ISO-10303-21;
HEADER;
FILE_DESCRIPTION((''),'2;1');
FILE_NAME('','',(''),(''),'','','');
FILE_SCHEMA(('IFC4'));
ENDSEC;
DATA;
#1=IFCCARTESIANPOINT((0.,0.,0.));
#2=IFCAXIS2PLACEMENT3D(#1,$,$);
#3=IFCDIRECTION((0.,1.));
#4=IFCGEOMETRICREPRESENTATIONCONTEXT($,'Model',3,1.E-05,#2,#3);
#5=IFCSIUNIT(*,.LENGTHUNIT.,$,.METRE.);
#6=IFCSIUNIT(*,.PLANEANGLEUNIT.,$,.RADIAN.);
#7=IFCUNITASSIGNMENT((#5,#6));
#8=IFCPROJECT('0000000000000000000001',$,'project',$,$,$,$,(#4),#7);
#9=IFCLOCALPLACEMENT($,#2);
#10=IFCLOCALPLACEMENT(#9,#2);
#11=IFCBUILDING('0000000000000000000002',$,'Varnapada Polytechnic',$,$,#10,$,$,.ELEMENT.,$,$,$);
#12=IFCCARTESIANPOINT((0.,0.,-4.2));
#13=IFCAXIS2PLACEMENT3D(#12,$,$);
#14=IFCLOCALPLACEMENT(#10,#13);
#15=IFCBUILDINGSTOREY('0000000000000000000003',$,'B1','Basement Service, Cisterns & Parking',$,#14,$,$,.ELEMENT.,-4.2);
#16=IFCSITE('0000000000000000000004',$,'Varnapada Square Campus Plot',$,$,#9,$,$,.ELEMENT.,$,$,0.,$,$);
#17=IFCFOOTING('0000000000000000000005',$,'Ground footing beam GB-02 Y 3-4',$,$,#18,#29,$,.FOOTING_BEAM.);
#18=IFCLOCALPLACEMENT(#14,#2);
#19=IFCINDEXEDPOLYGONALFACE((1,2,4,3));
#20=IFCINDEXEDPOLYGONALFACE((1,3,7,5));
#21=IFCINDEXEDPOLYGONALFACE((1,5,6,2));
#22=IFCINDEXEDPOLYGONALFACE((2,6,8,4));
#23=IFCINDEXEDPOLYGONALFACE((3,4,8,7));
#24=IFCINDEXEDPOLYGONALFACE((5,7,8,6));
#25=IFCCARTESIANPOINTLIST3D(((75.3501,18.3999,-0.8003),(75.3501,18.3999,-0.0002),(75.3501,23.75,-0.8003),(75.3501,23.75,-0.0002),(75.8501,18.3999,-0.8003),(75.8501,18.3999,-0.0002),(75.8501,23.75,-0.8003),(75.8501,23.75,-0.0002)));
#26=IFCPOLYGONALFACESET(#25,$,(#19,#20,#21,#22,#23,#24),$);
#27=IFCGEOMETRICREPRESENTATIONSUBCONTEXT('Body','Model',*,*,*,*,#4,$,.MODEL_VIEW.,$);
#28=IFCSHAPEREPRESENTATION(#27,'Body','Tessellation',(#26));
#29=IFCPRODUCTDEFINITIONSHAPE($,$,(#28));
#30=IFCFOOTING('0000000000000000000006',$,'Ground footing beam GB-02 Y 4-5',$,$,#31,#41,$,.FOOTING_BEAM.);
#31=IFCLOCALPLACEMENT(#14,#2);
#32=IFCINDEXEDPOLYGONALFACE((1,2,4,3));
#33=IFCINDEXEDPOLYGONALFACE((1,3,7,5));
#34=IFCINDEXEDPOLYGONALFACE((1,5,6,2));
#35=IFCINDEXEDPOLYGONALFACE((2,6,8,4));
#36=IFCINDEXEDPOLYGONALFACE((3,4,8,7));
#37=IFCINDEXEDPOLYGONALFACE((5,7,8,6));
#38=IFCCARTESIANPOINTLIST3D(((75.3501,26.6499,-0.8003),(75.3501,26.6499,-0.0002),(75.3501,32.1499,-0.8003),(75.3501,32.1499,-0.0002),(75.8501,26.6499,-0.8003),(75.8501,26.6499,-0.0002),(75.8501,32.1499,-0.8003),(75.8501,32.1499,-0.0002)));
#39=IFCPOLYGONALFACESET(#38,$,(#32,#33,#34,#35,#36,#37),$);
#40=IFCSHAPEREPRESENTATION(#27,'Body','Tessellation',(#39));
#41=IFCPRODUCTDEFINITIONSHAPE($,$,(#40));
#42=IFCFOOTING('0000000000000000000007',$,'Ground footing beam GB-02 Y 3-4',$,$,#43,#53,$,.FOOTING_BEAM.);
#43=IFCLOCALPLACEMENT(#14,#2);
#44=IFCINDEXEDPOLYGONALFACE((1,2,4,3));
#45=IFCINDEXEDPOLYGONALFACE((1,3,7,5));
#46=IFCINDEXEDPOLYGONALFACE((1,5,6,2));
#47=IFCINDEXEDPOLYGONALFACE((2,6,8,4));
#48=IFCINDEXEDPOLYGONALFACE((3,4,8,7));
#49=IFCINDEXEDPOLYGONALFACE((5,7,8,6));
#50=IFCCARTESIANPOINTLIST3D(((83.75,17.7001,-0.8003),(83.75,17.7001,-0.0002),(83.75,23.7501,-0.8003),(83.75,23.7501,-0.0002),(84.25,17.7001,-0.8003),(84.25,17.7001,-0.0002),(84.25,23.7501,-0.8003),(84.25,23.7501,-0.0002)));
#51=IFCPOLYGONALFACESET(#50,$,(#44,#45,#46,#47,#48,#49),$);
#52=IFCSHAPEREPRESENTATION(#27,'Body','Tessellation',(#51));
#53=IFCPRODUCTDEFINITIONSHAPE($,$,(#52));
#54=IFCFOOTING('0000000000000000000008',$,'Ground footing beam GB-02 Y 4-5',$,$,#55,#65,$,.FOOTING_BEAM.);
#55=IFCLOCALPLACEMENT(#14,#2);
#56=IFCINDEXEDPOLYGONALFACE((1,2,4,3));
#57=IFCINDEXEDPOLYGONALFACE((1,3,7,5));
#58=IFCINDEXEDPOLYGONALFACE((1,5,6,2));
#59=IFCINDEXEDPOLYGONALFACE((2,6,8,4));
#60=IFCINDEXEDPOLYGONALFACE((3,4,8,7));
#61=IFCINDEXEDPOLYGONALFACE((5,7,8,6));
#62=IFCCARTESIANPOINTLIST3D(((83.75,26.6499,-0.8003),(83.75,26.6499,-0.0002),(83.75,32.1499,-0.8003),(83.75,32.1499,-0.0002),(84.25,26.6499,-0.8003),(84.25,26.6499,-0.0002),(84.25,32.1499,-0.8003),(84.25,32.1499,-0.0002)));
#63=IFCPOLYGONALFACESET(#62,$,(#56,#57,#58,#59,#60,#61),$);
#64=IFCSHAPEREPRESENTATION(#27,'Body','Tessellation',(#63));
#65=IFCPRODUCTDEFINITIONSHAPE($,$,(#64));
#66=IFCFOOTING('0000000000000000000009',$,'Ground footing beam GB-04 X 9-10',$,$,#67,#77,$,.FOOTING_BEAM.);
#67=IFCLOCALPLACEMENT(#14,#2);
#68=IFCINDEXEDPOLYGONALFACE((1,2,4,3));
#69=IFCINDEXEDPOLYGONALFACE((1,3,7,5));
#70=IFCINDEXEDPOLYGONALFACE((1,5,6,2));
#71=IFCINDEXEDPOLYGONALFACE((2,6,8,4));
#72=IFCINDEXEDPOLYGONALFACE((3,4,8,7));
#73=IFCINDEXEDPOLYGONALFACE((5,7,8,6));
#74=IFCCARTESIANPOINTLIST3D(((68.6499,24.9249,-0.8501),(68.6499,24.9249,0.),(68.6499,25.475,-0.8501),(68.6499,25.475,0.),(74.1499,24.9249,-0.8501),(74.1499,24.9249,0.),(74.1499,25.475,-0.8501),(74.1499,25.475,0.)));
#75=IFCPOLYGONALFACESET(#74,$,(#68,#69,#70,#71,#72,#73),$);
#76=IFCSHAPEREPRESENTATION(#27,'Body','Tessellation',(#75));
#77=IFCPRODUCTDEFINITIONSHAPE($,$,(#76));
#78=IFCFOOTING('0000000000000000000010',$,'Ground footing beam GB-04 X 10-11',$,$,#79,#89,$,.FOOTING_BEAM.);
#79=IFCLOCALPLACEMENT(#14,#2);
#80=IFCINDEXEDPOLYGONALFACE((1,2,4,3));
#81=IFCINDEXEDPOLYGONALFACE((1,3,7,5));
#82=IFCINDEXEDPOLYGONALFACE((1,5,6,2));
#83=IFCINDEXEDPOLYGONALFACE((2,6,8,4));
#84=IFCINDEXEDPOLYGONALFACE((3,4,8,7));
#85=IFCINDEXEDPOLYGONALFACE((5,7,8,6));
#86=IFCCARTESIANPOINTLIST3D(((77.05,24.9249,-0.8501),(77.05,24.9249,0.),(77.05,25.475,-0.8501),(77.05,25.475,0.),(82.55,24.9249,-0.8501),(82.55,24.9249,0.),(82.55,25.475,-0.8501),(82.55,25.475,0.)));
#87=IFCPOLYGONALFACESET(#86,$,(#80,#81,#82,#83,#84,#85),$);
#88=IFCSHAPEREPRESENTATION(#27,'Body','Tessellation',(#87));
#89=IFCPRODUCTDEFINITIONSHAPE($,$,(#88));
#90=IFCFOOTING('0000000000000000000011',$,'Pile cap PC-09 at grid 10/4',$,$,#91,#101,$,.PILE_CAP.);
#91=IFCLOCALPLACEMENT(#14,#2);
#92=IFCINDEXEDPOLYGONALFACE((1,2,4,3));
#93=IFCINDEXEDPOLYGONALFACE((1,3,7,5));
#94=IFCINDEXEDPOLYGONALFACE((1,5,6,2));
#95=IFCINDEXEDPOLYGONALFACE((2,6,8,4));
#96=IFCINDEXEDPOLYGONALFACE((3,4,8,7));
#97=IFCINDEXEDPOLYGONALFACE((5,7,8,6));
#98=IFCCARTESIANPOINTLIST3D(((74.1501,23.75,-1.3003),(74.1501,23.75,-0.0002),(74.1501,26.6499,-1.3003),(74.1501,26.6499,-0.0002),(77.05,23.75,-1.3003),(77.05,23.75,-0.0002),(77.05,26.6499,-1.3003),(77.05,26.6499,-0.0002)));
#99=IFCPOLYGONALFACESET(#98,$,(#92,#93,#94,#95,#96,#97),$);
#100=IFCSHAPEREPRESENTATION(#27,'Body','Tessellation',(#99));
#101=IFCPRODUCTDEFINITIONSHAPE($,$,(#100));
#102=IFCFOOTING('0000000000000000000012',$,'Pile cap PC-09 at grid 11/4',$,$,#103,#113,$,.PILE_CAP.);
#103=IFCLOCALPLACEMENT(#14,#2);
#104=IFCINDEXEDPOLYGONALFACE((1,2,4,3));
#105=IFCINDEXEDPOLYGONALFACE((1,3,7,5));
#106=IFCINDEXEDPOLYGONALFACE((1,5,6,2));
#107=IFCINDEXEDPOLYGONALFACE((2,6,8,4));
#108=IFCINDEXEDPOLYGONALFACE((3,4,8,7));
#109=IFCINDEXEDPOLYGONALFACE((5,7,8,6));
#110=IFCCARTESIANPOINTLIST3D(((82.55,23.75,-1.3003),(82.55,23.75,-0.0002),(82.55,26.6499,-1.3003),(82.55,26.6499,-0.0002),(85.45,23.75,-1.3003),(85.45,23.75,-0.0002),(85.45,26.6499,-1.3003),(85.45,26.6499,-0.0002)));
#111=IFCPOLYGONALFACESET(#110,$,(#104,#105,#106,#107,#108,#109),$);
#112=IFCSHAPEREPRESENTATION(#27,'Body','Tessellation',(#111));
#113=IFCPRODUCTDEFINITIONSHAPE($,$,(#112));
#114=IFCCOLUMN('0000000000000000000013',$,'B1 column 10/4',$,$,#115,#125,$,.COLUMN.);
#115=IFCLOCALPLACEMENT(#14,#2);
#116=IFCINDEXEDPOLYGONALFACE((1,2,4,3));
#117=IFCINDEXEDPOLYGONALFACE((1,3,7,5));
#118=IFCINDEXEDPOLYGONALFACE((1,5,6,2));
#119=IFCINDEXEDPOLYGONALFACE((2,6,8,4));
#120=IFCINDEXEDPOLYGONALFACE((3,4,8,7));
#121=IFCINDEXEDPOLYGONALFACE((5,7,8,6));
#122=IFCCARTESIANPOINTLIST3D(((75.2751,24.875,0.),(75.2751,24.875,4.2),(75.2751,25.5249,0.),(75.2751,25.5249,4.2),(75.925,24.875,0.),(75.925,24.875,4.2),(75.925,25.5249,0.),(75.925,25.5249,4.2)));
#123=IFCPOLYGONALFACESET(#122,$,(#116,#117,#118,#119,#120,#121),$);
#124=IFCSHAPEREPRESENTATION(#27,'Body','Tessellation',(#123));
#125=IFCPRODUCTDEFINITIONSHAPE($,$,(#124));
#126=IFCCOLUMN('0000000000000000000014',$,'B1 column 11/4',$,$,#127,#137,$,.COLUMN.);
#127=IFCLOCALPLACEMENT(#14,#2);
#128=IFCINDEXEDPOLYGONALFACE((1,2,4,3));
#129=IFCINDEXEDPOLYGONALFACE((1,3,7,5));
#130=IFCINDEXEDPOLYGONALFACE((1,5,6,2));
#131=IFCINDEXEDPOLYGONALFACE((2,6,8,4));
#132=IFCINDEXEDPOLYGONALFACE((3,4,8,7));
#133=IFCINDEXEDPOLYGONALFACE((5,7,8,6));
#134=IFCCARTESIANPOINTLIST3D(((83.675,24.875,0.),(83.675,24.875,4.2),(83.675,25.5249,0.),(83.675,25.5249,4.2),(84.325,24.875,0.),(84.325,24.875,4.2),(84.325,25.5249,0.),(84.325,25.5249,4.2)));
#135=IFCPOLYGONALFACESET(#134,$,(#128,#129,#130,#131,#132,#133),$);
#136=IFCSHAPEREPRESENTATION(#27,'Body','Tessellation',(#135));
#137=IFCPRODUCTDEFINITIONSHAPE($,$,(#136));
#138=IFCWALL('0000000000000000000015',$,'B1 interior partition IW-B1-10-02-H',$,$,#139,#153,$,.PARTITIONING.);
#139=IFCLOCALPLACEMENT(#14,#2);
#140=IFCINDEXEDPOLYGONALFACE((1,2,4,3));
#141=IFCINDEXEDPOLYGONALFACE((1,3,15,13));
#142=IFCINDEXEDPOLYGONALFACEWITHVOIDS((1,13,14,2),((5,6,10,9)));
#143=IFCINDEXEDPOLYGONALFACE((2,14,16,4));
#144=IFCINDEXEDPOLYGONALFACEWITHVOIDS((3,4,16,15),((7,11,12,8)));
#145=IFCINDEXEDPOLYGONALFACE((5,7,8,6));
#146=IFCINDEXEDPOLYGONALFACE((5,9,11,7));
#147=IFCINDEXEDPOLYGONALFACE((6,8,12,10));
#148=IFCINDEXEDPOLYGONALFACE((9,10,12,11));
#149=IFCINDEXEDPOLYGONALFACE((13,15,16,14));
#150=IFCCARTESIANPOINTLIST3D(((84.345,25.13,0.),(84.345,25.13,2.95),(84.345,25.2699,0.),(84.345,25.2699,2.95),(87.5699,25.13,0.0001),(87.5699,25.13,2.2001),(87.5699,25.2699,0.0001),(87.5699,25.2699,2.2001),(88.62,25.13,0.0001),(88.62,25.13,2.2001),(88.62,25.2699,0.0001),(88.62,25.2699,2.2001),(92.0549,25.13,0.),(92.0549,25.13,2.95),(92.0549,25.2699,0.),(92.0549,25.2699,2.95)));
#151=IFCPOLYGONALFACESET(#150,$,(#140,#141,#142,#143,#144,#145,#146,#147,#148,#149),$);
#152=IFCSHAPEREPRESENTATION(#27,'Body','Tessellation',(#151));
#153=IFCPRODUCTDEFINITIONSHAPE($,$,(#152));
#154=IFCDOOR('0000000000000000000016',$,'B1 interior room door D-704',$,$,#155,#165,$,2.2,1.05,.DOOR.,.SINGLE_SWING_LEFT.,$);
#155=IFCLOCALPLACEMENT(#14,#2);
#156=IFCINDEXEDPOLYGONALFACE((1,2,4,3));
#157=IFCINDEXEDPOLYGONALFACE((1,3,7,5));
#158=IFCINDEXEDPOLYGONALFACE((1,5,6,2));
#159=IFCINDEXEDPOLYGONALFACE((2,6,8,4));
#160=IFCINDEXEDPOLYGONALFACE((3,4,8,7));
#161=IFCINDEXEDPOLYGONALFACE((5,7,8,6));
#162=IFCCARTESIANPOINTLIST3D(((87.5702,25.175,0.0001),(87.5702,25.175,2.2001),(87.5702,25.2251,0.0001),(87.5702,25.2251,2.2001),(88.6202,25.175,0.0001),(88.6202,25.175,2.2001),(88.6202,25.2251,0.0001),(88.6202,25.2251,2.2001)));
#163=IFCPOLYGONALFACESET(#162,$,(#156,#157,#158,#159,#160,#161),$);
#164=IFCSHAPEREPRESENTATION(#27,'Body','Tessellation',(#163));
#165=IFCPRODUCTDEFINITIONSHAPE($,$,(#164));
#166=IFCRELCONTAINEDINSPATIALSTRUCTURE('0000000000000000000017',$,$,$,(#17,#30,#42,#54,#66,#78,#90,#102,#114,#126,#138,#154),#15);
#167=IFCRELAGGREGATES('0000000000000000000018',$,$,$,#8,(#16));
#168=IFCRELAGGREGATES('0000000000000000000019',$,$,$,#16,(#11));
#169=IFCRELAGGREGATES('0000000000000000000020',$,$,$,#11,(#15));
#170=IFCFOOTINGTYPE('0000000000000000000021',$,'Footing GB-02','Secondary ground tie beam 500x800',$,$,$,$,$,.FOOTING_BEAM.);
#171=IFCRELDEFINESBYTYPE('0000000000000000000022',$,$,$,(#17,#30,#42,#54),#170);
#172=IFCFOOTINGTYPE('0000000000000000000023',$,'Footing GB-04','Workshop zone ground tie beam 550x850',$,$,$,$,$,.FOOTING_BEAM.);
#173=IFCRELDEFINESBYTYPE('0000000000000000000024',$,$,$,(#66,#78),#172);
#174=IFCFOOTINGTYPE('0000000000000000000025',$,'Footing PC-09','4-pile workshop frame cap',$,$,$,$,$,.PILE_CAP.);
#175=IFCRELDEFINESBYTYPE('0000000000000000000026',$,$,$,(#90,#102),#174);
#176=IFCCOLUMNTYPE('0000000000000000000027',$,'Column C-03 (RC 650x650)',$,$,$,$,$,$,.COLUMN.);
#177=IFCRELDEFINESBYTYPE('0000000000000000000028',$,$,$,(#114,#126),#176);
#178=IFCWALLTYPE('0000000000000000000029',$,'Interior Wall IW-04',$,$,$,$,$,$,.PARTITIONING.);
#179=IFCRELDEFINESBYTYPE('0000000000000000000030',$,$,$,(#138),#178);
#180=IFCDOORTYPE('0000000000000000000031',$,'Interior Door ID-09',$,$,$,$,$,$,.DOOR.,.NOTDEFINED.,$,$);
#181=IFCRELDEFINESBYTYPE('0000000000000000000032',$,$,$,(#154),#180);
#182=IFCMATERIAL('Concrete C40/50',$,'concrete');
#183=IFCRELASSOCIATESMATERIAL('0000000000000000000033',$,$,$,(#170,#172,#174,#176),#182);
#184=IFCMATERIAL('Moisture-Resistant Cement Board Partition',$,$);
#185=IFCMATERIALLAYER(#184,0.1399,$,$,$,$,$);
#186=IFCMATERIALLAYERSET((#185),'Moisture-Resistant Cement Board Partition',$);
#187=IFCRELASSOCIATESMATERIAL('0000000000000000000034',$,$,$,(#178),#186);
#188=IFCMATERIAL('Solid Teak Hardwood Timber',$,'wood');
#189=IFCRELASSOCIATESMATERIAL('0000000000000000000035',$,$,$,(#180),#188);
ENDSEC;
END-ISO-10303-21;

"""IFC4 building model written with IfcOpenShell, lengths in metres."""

from ifc_helpers import new_model, si_unit, direction, frame, frame_2d, origin, origin_2d, place, context, subcontext, project, spatial, rectangle, extrude, material, layer, layer_set, material_profile, profile_set, type_object, element, fill, save


model = new_model("IFC4")

# Units and contexts
model_context = context("Model", 3, precision=1e-05, world=origin(), true_north=direction((0.0, 1.0)))
body_context = subcontext(model_context, "Body", "Model", "MODEL_VIEW")
ifc_project = project(units=[si_unit("LENGTHUNIT", "METRE"), si_unit("PLANEANGLEUNIT", "RADIAN")], contexts=[model_context])

# Site, building, storey
site_placement = place(None, origin())
site = spatial("IfcSite", under=ifc_project, at=site_placement, Name="Varnapada Square Campus Plot", CompositionType="ELEMENT", RefElevation=0.0)
building_placement = place(site_placement, origin())
building = spatial("IfcBuilding", under=site, at=building_placement, Name="Varnapada Polytechnic", CompositionType="ELEMENT")
storey_placement = place(building_placement, frame((0.0, 0.0, -4.2)))
storey = spatial("IfcBuildingStorey", under=building, at=storey_placement, Name="B1", Description="Basement Service, Cisterns & Parking", CompositionType="ELEMENT", Elevation=-4.2)

# Shared definitions
ifc_material_1 = material(Name="Concrete C40/50", Category="concrete")

# Footings
footing_type_1 = type_object("IfcFootingType", Name="Footing GB-02", Description="Secondary ground tie beam 500x800", PredefinedType="FOOTING_BEAM", material=ifc_material_1)
footing_1_placement = place(storey_placement, frame((75.6001, 21.075, -0.8003), z_axis=(0.0, 0.0, 1.0), x_axis=(0.0, 1.0, 0.0)))
element("IfcFooting", 1, at=footing_1_placement, inside=storey, type_object=footing_type_1, Name="Ground footing beam GB-02 Y 3-4", PredefinedType="FOOTING_BEAM", context=body_context, shape_type="SweptSolid", body=[
    extrude(rectangle(XDim=5.3501, YDim=0.5, at=origin_2d()), origin(), (0.0, 0.0, 1.0), 0.8),
])
footing_2_placement = place(storey_placement, frame((75.6001, 29.3999, -0.8003), z_axis=(0.0, 0.0, 1.0), x_axis=(0.0, 1.0, 0.0)))
element("IfcFooting", 2, at=footing_2_placement, inside=storey, type_object=footing_type_1, Name="Ground footing beam GB-02 Y 4-5", PredefinedType="FOOTING_BEAM", context=body_context, shape_type="SweptSolid", body=[
    extrude(rectangle(XDim=5.5, YDim=0.5, at=origin_2d()), origin(), (0.0, 0.0, 1.0), 0.8),
])
footing_3_placement = place(storey_placement, frame((84.0, 20.7251, -0.8003), z_axis=(0.0, 0.0, 1.0), x_axis=(0.0, 1.0, 0.0)))
element("IfcFooting", 3, at=footing_3_placement, inside=storey, type_object=footing_type_1, Name="Ground footing beam GB-02 Y 3-4", PredefinedType="FOOTING_BEAM", context=body_context, shape_type="SweptSolid", body=[
    extrude(rectangle(XDim=6.05, YDim=0.5, at=origin_2d()), origin(), (0.0, 0.0, 1.0), 0.8),
])
footing_4_placement = place(storey_placement, frame((84.0, 29.3999, -0.8003), z_axis=(0.0, 0.0, 1.0), x_axis=(0.0, 1.0, 0.0)))
element("IfcFooting", 4, at=footing_4_placement, inside=storey, type_object=footing_type_1, Name="Ground footing beam GB-02 Y 4-5", PredefinedType="FOOTING_BEAM", context=body_context, shape_type="SweptSolid", body=[
    extrude(rectangle(XDim=5.5, YDim=0.5, at=origin_2d()), origin(), (0.0, 0.0, 1.0), 0.8),
])
footing_type_2 = type_object("IfcFootingType", Name="Footing GB-04", Description="Workshop zone ground tie beam 550x850", PredefinedType="FOOTING_BEAM", material=ifc_material_1)
for number, where, z_axis, x_axis, name in (
    (5, (71.3999, 25.2, -0.8501), (0.0, 0.0, 1.0), (1.0, 0.0, 0.0), "Ground footing beam GB-04 X 9-10"),
    (6, (79.8, 25.2, -0.8501), (0.0, 0.0, 1.0), (1.0, 0.0, 0.0), "Ground footing beam GB-04 X 10-11"),
):
    element("IfcFooting", number, at=place(storey_placement, frame(where, z_axis=z_axis, x_axis=x_axis)), inside=storey, type_object=footing_type_2, Name=name, PredefinedType="FOOTING_BEAM", context=body_context, shape_type="SweptSolid", body=[
        extrude(rectangle(XDim=5.5, YDim=0.55, at=origin_2d()), origin(), (0.0, 0.0, 1.0), 0.8501),
    ])
footing_type_3 = type_object("IfcFootingType", Name="Footing PC-09", Description="4-pile workshop frame cap", PredefinedType="PILE_CAP", material=ifc_material_1)
for number, where, z_axis, x_axis, name in (
    (7, (75.6001, 25.2, -1.3003), (0.0, 0.0, 1.0), (1.0, 0.0, 0.0), "Pile cap PC-09 at grid 10/4"),
    (8, (84.0, 25.2, -1.3003), (0.0, 0.0, 1.0), (1.0, 0.0, 0.0), "Pile cap PC-09 at grid 11/4"),
):
    element("IfcFooting", number, at=place(storey_placement, frame(where, z_axis=z_axis, x_axis=x_axis)), inside=storey, type_object=footing_type_3, Name=name, PredefinedType="PILE_CAP", context=body_context, shape_type="SweptSolid", body=[
        extrude(rectangle(XDim=2.8999, YDim=2.8999, at=origin_2d()), origin(), (0.0, 0.0, 1.0), 1.3),
    ])

# Columns
ifc_material_profile_1 = material_profile(ifc_material_1, rectangle(XDim=0.6499, YDim=0.6499, at=origin_2d()), Name="RC 650x650")
ifc_profile_set_1 = profile_set([ifc_material_profile_1], Name="Concrete C40/50")
column_type = type_object("IfcColumnType", Name="Column C-03 (RC 650x650)", PredefinedType="COLUMN", material=ifc_profile_set_1)
for number, where, z_axis, x_axis, name in (
    (9, (75.6001, 25.2, 0.0), (0.0, 0.0, 1.0), (1.0, 0.0, 0.0), "B1 column 10/4"),
    (10, (84.0, 25.2, 0.0), (0.0, 0.0, 1.0), (1.0, 0.0, 0.0), "B1 column 11/4"),
):
    element("IfcColumn", number, at=place(storey_placement, frame(where, z_axis=z_axis, x_axis=x_axis)), inside=storey, type_object=column_type, Name=name, PredefinedType="COLUMN", context=body_context, shape_type="SweptSolid", body=[
        extrude(rectangle(XDim=0.6499, YDim=0.6499, at=origin_2d()), origin(), (0.0, 0.0, 1.0), 4.2),
    ])

# Wall, opening, door
ifc_material_2 = material(Name="Moisture-Resistant Cement Board Partition")
ifc_layer_1 = layer(ifc_material_2, 0.1399)
ifc_layer_set_1 = layer_set([ifc_layer_1], Name="Moisture-Resistant Cement Board Partition")
wall_type_1 = type_object("IfcWallType", Name="Interior Wall IW-04", PredefinedType="PARTITIONING", material=ifc_layer_set_1)
wall_1_placement = place(storey_placement, frame((84.345, 25.2, 0.0), z_axis=(0.0, 0.0, 1.0), x_axis=(1.0, 0.0, 0.0)))
wall_1 = element("IfcWall", 11, at=wall_1_placement, inside=storey, type_object=wall_type_1, Name="B1 interior partition IW-B1-10-02-H", PredefinedType="PARTITIONING", context=body_context, shape_type="SweptSolid", body=[
    extrude(rectangle(XDim=7.71, YDim=0.1399, at=frame_2d((3.855, 0.0))), origin(), (0.0, 0.0, 1.0), 2.95),
])
opening_1_placement = place(wall_1_placement, frame((3.2251, 0.0, 0.0)))
opening_1 = element("IfcOpeningElement", 12, at=opening_1_placement, cuts=wall_1, PredefinedType="OPENING", context=body_context, shape_type="SweptSolid", body=[
    extrude(rectangle(XDim=1.05, YDim=2.2, at=frame_2d((0.5249, 1.1001))), frame((0.0, 0.0798, 0.0), z_axis=(0.0, -1.0, 0.0), x_axis=(1.0, 0.0, 0.0)), (0.0, 0.0, 1.0), 0.1599),
])
ifc_material_3 = material(Name="Solid Teak Hardwood Timber", Category="wood")
door_type_1 = type_object("IfcDoorType", Name="Interior Door ID-09", OperationType="NOTDEFINED", PredefinedType="DOOR", material=ifc_material_3)
door_1_placement = place(opening_1_placement, frame((1.05, 0.0, 0.0), z_axis=(0.0, 0.0, 1.0), x_axis=(-1.0, 0.0, 0.0)))
door_1 = element("IfcDoor", 13, at=door_1_placement, inside=storey, type_object=door_type_1, Name="B1 interior room door D-704", OperationType="SINGLE_SWING_LEFT", OverallHeight=2.2, OverallWidth=1.05, PredefinedType="DOOR", context=body_context, shape_type="SweptSolid", body=[
    extrude(rectangle(XDim=1.05, YDim=2.2, at=frame_2d((0.5249, 1.1001))), frame((0.0, 0.0249, 0.0), z_axis=(0.0, -1.0, 0.0), x_axis=(1.0, 0.0, 0.0)), (0.0, 0.0, 1.0), 0.05),
])
fill(opening_1, door_1)

save(model, "model.ifc")
